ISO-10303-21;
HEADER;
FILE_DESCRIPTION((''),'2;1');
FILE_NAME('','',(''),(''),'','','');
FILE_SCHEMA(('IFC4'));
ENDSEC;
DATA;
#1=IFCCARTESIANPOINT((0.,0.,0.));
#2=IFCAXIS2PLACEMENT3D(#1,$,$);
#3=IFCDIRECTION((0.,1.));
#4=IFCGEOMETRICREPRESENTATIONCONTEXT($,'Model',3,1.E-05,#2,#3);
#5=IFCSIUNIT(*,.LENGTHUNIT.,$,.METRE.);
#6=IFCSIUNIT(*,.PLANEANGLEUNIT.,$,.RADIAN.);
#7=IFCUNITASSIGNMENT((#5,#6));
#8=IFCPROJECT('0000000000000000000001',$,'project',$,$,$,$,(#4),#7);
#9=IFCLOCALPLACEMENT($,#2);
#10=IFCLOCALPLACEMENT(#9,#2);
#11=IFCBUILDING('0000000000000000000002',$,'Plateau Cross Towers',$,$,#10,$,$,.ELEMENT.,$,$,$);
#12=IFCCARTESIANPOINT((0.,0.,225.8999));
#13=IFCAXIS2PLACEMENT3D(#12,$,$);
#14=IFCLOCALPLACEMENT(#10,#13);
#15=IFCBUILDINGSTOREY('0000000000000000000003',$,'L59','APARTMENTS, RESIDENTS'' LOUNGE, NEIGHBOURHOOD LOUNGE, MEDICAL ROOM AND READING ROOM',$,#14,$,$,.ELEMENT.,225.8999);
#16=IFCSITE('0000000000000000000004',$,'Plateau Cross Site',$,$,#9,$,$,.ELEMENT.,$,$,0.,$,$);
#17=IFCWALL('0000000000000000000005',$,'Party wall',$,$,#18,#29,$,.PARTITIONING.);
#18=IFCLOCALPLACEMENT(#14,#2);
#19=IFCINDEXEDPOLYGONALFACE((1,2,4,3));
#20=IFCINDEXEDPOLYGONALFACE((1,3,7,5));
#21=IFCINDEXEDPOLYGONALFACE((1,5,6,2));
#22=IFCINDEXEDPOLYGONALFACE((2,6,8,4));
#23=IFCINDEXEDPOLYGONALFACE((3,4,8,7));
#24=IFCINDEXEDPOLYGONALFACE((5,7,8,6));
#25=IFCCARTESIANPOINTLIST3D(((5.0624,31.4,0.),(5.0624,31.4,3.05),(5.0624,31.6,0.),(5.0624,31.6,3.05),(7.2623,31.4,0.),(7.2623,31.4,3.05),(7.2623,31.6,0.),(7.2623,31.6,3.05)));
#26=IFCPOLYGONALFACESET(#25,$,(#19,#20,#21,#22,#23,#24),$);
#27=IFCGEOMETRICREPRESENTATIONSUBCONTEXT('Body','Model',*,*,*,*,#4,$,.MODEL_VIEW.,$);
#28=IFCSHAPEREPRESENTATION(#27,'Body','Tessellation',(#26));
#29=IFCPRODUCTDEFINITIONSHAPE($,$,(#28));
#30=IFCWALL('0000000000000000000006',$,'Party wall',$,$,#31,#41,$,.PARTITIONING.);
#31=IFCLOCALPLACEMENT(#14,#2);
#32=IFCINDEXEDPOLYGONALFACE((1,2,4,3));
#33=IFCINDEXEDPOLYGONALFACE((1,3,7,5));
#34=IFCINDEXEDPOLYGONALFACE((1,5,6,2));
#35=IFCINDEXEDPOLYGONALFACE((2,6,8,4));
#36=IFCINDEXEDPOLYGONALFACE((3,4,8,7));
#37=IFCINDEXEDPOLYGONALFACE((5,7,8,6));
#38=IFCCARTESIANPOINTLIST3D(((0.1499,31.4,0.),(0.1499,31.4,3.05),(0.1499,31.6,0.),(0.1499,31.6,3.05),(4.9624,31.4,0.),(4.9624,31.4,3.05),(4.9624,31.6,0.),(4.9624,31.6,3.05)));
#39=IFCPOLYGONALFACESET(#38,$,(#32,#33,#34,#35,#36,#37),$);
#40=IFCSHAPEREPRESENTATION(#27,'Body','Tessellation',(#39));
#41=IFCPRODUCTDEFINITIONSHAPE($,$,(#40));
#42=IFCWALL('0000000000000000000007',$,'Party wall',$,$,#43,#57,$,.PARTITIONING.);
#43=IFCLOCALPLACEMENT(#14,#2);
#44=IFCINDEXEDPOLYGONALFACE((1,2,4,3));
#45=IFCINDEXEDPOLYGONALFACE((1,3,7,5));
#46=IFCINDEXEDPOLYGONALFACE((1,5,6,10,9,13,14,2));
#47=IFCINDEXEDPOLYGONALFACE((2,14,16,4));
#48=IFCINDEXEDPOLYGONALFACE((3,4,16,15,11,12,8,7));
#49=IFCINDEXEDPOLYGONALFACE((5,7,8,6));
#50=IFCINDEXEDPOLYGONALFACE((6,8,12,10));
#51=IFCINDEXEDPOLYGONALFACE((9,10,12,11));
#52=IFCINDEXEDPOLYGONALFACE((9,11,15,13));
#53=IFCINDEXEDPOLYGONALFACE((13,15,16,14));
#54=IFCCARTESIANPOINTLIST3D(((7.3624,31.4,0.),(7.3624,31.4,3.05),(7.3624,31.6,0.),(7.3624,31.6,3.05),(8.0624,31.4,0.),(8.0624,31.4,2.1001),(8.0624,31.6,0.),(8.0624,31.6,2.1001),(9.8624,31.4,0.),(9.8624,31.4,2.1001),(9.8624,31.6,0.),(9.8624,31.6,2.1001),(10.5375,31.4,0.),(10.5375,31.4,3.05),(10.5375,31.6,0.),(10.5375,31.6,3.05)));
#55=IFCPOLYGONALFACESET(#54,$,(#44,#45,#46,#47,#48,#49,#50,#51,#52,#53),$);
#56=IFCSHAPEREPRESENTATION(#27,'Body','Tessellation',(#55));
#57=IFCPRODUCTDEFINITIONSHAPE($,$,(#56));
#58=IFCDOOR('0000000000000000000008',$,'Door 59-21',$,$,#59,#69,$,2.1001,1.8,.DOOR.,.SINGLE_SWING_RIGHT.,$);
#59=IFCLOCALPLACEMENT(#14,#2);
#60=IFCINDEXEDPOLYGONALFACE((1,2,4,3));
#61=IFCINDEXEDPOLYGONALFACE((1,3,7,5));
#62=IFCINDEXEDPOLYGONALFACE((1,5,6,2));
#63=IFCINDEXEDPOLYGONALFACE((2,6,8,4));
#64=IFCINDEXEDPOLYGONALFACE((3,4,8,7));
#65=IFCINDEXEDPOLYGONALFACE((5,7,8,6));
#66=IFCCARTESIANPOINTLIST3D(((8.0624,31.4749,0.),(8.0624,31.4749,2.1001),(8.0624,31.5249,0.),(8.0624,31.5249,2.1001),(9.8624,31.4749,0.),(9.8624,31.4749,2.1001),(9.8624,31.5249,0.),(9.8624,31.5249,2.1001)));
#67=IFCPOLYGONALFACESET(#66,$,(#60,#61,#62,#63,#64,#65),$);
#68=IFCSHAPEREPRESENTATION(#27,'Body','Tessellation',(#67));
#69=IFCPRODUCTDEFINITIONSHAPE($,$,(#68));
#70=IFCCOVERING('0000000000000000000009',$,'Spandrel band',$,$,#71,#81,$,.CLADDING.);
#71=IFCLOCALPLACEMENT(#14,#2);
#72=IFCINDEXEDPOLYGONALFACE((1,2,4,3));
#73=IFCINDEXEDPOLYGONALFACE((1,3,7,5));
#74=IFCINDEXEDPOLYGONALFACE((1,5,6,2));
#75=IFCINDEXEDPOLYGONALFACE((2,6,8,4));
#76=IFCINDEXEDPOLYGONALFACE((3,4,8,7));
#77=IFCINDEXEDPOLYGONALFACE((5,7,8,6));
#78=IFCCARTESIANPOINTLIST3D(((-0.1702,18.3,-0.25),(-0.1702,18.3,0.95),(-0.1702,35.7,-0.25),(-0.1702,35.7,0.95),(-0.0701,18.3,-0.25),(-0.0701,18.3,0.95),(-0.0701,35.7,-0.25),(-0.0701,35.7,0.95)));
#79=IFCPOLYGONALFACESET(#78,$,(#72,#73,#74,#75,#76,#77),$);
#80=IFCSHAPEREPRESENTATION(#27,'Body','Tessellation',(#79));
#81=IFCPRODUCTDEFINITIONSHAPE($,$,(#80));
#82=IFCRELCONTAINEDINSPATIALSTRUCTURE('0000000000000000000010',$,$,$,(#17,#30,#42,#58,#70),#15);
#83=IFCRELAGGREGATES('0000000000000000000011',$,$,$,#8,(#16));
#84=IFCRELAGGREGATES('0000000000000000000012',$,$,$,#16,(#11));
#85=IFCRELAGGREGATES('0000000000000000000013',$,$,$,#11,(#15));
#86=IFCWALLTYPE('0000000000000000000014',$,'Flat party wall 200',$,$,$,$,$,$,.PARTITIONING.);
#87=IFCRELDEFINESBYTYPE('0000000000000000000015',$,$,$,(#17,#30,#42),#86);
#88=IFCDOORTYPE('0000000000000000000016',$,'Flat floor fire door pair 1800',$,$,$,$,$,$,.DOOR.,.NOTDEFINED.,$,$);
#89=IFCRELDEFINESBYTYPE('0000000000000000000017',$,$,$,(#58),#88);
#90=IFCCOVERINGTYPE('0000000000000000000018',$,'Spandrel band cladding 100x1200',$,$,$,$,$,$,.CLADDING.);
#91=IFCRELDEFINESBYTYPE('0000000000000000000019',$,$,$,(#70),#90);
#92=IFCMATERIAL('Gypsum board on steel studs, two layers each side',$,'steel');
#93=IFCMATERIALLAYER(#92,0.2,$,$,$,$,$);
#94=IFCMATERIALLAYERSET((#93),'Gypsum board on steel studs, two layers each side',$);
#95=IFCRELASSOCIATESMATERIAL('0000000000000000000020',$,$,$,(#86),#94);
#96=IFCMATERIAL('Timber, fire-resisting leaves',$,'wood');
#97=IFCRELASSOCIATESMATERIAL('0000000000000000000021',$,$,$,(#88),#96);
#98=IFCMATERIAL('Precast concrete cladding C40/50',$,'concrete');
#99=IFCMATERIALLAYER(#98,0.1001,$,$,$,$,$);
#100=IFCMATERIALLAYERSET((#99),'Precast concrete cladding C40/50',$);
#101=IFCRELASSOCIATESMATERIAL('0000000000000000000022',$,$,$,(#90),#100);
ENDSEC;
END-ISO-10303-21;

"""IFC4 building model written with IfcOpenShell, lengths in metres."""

from ifc_helpers import new_model, si_unit, direction, frame, frame_2d, origin, origin_2d, place, context, subcontext, project, spatial, rectangle, extrude, material, layer, layer_set, type_object, element, fill, save


model = new_model("IFC4")

# Units and contexts
model_context = context("Model", 3, precision=1e-05, world=origin(), true_north=direction((0.0, 1.0)))
body_context = subcontext(model_context, "Body", "Model", "MODEL_VIEW")
ifc_project = project(units=[si_unit("LENGTHUNIT", "METRE"), si_unit("PLANEANGLEUNIT", "RADIAN")], contexts=[model_context])

# Site, building, storey
site_placement = place(None, origin())
site = spatial("IfcSite", under=ifc_project, at=site_placement, Name="Plateau Cross Site", CompositionType="ELEMENT", RefElevation=0.0)
building_placement = place(site_placement, origin())
building = spatial("IfcBuilding", under=site, at=building_placement, Name="Plateau Cross Towers", CompositionType="ELEMENT")
storey_placement = place(building_placement, frame((0.0, 0.0, 225.8999)))
storey = spatial("IfcBuildingStorey", under=building, at=storey_placement, Name="L59", Description="APARTMENTS, RESIDENTS' LOUNGE, NEIGHBOURHOOD LOUNGE, MEDICAL ROOM AND READING ROOM", CompositionType="ELEMENT", Elevation=225.8999)

# Walls
ifc_material_1 = material(Name="Gypsum board on steel studs, two layers each side", Category="steel")
ifc_layer_1 = layer(ifc_material_1, 0.2)
ifc_layer_set_1 = layer_set([ifc_layer_1], Name="Gypsum board on steel studs, two layers each side")
wall_type_1 = type_object("IfcWallType", Name="Flat party wall 200", PredefinedType="PARTITIONING", material=ifc_layer_set_1)
wall_1_placement = place(storey_placement, frame((7.2625, 31.5, 0.0), z_axis=(0.0, 0.0, 1.0), x_axis=(-1.0, 0.0, 0.0)))
element("IfcWall", 1, at=wall_1_placement, inside=storey, type_object=wall_type_1, Name="Party wall", PredefinedType="PARTITIONING", context=body_context, shape_type="SweptSolid", body=[
    extrude(rectangle(XDim=2.2, YDim=0.2, at=frame_2d((1.1001, 0.0))), origin(), (0.0, 0.0, 1.0), 3.05),
])
wall_2_placement = place(storey_placement, frame((0.1499, 31.5, 0.0), z_axis=(0.0, 0.0, 1.0), x_axis=(1.0, 0.0, 0.0)))
element("IfcWall", 2, at=wall_2_placement, inside=storey, type_object=wall_type_1, Name="Party wall", PredefinedType="PARTITIONING", context=body_context, shape_type="SweptSolid", body=[
    extrude(rectangle(XDim=4.8125, YDim=0.2, at=frame_2d((2.4062, 0.0))), origin(), (0.0, 0.0, 1.0), 3.05),
])

# Wall, opening, door
wall_3_placement = place(storey_placement, frame((7.3625, 31.5, 0.0), z_axis=(0.0, 0.0, 1.0), x_axis=(1.0, 0.0, 0.0)))
wall_3 = element("IfcWall", 3, at=wall_3_placement, inside=storey, type_object=wall_type_1, Name="Party wall", PredefinedType="PARTITIONING", context=body_context, shape_type="SweptSolid", body=[
    extrude(rectangle(XDim=3.175, YDim=0.2, at=frame_2d((1.5874, 0.0))), origin(), (0.0, 0.0, 1.0), 3.05),
])
opening_1_placement = place(wall_3_placement, frame((0.7, 0.0, 0.0)))
opening_1 = element("IfcOpeningElement", 4, at=opening_1_placement, cuts=wall_3, PredefinedType="OPENING", context=body_context, shape_type="SweptSolid", body=[
    extrude(rectangle(XDim=1.8, YDim=2.1001, at=frame_2d((0.8999, 1.05))), frame((0.0, 0.1099, 0.0), z_axis=(0.0, -1.0, 0.0), x_axis=(1.0, 0.0, 0.0)), (0.0, 0.0, 1.0), 0.22),
])
ifc_material_2 = material(Name="Timber, fire-resisting leaves", Category="wood")
door_type_1 = type_object("IfcDoorType", Name="Flat floor fire door pair 1800", OperationType="NOTDEFINED", PredefinedType="DOOR", material=ifc_material_2)
door_1_placement = place(opening_1_placement, origin())
door_1 = element("IfcDoor", 5, at=door_1_placement, inside=storey, type_object=door_type_1, Name="Door 59-21", OperationType="SINGLE_SWING_RIGHT", OverallHeight=2.1001, OverallWidth=1.8, PredefinedType="DOOR", context=body_context, shape_type="SweptSolid", body=[
    extrude(rectangle(XDim=1.8, YDim=2.1001, at=frame_2d((0.8999, 1.05))), frame((0.0, 0.0249, 0.0), z_axis=(0.0, -1.0, 0.0), x_axis=(1.0, 0.0, 0.0)), (0.0, 0.0, 1.0), 0.05),
])
fill(opening_1, door_1)

# Covering
ifc_material_3 = material(Name="Precast concrete cladding C40/50", Category="concrete")
ifc_layer_2 = layer(ifc_material_3, 0.1001)
ifc_layer_set_2 = layer_set([ifc_layer_2], Name="Precast concrete cladding C40/50")
covering_type = type_object("IfcCoveringType", Name="Spandrel band cladding 100x1200", PredefinedType="CLADDING", material=ifc_layer_set_2)
covering_placement = place(storey_placement, frame((-0.1201, 27.0, -0.25), z_axis=(0.0, 0.0, 1.0), x_axis=(0.0, -1.0, 0.0)))
element("IfcCovering", 6, at=covering_placement, inside=storey, type_object=covering_type, Name="Spandrel band", PredefinedType="CLADDING", context=body_context, shape_type="SweptSolid", body=[
    extrude(rectangle(XDim=17.3999, YDim=0.1001, at=origin_2d()), origin(), (0.0, 0.0, 1.0), 1.2),
])

save(model, "model.ifc")
